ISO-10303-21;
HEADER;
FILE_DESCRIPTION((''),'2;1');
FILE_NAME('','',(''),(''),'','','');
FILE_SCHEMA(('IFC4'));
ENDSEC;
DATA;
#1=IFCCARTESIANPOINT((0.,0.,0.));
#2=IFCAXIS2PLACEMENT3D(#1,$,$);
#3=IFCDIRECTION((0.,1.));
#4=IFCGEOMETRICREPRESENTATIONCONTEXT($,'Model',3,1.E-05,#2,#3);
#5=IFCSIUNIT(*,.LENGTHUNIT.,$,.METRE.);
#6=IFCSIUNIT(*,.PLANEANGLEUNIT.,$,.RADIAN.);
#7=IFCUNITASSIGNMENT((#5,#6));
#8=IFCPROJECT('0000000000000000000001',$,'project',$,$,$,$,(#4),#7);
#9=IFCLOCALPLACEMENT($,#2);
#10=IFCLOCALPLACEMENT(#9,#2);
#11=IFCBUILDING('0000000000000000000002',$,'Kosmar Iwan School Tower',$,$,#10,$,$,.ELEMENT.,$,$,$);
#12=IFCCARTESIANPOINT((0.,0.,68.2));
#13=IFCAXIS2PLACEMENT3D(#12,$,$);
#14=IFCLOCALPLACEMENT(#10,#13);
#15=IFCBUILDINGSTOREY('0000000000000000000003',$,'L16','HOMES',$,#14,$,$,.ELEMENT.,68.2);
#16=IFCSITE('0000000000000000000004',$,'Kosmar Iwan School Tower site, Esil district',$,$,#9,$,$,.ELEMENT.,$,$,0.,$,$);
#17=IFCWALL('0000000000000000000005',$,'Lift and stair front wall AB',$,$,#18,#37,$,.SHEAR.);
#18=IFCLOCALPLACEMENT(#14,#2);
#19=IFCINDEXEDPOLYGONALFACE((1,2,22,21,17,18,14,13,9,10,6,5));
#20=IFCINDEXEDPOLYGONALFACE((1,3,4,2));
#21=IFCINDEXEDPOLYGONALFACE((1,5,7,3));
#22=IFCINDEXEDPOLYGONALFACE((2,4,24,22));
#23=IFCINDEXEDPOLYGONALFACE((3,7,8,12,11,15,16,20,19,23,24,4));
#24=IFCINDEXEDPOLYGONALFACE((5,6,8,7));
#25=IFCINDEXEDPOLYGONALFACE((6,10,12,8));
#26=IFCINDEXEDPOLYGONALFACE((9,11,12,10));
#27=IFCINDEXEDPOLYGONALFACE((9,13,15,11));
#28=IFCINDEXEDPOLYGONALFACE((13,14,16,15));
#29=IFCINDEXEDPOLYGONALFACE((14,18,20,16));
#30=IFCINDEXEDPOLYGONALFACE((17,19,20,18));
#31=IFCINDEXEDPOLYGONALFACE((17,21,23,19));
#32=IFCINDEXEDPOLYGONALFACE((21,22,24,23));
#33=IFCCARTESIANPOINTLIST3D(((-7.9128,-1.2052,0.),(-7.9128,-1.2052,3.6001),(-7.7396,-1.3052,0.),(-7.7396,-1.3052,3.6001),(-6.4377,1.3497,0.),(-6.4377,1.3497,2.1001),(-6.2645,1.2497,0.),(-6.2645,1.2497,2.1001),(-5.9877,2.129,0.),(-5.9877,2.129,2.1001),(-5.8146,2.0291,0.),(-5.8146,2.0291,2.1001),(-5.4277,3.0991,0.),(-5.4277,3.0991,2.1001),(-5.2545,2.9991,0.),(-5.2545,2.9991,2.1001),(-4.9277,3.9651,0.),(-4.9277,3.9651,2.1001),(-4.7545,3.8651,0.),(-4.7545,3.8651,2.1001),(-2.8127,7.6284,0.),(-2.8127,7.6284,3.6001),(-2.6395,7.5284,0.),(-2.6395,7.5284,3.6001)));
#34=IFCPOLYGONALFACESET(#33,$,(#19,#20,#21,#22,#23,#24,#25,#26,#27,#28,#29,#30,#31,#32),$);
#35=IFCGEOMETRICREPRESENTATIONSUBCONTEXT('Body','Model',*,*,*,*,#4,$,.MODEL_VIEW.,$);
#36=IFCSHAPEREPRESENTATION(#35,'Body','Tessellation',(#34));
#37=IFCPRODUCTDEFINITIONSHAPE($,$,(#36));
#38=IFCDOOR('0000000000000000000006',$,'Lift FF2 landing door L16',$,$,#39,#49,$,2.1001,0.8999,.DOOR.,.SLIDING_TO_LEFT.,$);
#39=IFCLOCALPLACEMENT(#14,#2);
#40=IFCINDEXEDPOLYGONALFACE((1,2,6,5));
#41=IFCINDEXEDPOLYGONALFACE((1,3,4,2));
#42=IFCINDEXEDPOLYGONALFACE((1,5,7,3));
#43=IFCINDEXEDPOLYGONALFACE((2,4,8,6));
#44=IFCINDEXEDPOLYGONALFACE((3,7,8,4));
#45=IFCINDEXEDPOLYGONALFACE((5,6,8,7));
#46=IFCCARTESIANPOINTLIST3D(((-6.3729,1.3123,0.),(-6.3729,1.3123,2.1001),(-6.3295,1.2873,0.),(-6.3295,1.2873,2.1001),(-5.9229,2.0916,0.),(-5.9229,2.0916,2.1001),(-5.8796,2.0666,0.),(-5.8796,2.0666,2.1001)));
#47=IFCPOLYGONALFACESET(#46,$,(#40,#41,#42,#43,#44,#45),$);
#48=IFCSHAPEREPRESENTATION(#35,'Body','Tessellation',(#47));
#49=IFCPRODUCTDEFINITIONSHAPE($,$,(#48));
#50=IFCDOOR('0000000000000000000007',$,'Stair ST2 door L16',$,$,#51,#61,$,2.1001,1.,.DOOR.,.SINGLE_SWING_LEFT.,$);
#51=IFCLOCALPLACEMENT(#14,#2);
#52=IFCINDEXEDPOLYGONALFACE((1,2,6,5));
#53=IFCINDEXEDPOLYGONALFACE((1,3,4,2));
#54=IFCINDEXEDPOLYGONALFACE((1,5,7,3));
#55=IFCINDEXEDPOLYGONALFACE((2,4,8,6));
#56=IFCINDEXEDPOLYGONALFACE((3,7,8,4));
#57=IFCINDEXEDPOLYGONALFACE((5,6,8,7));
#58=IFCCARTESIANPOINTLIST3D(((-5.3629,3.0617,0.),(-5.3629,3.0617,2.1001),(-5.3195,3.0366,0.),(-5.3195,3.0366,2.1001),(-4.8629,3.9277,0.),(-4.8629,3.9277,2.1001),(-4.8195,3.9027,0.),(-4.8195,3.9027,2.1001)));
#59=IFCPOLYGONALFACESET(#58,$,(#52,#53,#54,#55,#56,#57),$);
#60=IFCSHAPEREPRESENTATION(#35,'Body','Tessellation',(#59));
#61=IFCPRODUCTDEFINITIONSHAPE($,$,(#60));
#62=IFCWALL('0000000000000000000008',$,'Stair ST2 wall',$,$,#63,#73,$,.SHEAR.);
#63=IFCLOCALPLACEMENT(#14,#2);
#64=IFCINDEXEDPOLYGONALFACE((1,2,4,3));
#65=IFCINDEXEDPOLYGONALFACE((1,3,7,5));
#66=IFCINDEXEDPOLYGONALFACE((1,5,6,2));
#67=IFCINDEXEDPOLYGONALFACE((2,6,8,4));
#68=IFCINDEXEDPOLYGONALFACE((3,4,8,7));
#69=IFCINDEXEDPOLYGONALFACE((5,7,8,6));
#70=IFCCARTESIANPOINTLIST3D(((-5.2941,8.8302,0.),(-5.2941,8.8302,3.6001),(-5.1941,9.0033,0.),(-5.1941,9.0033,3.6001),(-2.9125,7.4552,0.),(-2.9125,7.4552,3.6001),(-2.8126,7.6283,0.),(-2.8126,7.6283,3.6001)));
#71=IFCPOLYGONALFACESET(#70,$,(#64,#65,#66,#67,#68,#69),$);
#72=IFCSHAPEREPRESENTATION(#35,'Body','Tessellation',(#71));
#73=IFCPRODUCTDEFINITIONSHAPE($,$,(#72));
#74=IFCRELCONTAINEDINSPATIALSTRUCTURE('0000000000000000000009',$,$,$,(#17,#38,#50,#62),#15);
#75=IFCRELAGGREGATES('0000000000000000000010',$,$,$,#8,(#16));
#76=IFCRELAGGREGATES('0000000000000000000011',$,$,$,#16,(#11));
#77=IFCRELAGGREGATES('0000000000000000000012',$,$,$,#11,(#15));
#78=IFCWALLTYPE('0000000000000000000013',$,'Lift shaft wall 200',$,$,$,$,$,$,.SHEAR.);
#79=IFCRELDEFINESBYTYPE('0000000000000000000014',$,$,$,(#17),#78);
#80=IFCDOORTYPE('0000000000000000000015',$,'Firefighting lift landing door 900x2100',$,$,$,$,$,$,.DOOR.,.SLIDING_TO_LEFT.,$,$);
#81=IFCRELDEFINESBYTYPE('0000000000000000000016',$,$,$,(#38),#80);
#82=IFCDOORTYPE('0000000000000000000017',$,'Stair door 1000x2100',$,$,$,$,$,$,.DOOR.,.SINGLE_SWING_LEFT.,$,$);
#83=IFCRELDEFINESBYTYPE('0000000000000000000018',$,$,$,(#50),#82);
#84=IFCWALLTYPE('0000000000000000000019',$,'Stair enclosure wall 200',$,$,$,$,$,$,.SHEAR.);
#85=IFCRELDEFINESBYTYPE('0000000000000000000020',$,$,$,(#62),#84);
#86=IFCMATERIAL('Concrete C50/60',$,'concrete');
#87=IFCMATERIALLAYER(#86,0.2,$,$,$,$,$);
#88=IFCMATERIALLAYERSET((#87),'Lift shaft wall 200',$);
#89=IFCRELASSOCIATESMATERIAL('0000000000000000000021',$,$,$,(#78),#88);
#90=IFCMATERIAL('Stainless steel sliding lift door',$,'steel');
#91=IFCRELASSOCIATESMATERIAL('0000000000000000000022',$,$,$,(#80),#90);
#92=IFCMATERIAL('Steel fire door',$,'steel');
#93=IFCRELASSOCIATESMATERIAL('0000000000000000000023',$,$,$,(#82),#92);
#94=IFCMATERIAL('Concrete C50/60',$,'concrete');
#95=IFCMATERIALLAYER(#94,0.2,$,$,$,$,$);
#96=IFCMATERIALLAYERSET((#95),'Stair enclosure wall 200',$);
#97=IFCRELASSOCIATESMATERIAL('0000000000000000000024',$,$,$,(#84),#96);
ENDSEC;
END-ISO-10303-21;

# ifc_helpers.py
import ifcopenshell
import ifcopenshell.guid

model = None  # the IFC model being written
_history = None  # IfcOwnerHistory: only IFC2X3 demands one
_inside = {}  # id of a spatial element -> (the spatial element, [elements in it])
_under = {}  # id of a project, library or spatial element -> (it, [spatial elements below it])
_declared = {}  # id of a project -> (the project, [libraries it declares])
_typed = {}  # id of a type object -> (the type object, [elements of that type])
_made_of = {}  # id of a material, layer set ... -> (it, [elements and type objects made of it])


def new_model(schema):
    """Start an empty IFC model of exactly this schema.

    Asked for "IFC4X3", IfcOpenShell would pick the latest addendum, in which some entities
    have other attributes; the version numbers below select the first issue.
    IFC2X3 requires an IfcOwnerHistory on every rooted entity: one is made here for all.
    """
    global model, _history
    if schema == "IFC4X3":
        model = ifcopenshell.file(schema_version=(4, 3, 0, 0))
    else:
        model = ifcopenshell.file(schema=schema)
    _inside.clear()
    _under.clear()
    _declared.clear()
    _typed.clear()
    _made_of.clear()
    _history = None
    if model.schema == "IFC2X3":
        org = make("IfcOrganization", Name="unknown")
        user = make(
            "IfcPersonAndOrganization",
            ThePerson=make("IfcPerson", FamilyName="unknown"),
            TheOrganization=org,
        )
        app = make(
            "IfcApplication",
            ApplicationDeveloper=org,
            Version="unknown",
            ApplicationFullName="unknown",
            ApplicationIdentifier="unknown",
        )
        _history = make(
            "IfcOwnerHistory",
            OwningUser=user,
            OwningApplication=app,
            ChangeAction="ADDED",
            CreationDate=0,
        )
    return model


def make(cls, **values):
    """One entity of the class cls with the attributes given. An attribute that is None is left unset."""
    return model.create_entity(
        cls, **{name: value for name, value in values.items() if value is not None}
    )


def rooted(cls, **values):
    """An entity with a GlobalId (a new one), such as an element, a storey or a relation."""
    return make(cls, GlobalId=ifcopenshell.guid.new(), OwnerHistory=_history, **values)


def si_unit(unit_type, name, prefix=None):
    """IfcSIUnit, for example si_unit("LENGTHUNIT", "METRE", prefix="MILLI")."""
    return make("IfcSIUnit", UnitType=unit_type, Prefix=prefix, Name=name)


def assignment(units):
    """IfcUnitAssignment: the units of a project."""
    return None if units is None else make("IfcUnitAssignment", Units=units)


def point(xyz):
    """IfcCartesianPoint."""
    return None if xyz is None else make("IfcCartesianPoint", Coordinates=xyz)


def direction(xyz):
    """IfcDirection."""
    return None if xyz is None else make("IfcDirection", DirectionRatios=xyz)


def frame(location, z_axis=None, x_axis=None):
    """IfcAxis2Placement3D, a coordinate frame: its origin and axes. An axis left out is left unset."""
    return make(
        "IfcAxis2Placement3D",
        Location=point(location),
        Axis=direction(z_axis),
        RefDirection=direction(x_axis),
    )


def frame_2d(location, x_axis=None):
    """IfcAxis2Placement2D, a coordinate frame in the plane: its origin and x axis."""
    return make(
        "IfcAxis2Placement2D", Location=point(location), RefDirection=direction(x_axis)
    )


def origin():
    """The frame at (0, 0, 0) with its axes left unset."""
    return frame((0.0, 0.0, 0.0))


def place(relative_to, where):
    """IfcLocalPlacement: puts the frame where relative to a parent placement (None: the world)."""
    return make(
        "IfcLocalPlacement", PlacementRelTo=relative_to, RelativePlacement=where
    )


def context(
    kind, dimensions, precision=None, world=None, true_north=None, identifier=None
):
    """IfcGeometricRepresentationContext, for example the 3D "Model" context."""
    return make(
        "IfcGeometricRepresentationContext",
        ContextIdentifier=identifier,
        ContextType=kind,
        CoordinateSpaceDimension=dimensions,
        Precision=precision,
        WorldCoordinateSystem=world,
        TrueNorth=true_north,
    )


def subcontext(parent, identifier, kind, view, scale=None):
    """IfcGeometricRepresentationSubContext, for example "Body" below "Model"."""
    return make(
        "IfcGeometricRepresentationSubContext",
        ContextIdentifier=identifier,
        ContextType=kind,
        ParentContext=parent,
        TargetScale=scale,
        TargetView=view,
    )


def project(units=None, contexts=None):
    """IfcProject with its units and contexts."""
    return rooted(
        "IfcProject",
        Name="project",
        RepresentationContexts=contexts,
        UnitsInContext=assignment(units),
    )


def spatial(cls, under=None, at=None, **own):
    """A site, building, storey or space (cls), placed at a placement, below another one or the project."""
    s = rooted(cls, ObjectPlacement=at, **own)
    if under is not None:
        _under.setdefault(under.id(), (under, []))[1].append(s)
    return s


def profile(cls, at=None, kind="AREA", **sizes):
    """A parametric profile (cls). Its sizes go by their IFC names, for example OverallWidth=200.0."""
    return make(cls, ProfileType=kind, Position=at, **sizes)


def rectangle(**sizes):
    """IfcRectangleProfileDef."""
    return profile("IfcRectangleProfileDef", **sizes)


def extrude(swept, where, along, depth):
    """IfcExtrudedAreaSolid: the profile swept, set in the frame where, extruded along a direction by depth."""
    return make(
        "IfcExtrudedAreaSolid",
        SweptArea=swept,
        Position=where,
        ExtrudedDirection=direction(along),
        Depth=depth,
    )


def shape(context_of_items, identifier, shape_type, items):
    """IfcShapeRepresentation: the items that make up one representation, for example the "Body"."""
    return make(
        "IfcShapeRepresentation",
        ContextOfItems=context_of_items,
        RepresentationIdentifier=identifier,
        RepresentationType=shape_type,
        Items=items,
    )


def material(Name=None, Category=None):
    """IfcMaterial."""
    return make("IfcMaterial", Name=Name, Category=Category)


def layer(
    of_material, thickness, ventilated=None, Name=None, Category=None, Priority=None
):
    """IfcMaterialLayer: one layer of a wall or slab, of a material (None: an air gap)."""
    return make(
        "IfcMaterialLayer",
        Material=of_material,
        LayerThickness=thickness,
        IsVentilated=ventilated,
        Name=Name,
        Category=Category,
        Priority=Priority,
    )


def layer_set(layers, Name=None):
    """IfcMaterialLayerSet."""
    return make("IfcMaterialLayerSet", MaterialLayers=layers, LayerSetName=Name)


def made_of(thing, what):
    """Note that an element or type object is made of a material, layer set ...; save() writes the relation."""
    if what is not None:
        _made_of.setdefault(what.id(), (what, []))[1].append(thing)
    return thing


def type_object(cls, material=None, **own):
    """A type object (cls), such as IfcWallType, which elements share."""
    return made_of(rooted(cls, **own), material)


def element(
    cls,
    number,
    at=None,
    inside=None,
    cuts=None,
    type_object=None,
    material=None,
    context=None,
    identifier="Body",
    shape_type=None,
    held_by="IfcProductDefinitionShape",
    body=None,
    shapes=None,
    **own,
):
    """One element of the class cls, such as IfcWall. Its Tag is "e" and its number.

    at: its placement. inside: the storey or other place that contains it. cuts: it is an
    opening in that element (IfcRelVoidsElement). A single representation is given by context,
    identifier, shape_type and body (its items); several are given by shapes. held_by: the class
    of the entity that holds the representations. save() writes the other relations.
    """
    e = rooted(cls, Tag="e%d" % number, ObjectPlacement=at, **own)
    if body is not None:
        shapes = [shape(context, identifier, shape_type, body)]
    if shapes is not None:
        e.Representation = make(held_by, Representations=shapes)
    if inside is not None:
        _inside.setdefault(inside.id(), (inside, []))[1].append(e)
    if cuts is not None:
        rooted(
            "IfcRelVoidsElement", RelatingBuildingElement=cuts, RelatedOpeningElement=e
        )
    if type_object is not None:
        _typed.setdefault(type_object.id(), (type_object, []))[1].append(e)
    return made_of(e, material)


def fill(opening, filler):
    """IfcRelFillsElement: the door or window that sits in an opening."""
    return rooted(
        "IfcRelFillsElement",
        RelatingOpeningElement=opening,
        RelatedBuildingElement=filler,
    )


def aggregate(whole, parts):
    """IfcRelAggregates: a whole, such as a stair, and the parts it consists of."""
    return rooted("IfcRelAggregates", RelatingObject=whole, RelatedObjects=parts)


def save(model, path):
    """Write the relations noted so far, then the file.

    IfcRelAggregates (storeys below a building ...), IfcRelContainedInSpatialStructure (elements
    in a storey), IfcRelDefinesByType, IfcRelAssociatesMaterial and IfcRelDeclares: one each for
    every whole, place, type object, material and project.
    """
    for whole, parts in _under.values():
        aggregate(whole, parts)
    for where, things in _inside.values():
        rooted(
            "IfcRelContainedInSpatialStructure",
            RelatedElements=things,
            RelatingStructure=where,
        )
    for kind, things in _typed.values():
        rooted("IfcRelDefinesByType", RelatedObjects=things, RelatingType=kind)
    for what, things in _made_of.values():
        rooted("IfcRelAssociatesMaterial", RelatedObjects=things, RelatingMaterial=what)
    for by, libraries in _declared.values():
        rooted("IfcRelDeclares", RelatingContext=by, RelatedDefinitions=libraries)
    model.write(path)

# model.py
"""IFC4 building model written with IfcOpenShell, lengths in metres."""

from ifc_helpers import new_model, si_unit, direction, frame, frame_2d, origin, place, context, subcontext, project, spatial, rectangle, extrude, material, layer, layer_set, type_object, element, fill, save


model = new_model("IFC4")

# Units and contexts
model_context = context("Model", 3, precision=1e-05, world=origin(), true_north=direction((0.0, 1.0)))
body_context = subcontext(model_context, "Body", "Model", "MODEL_VIEW")
ifc_project = project(units=[si_unit("LENGTHUNIT", "METRE"), si_unit("PLANEANGLEUNIT", "RADIAN")], contexts=[model_context])

# Site, building, storey
site_placement = place(None, origin())
site = spatial("IfcSite", under=ifc_project, at=site_placement, Name="Kosmar Iwan School Tower site, Esil district", CompositionType="ELEMENT", RefElevation=0.0)
building_placement = place(site_placement, origin())
building = spatial("IfcBuilding", under=site, at=building_placement, Name="Kosmar Iwan School Tower", CompositionType="ELEMENT")
storey_placement = place(building_placement, frame((0.0, 0.0, 68.2)))
storey = spatial("IfcBuildingStorey", under=building, at=storey_placement, Name="L16", Description="HOMES", CompositionType="ELEMENT", Elevation=68.2)

# Wall, openings, doors
ifc_material_1 = material(Name="Concrete C50/60", Category="concrete")
ifc_layer_1 = layer(ifc_material_1, 0.2)
ifc_layer_set_1 = layer_set([ifc_layer_1], Name="Lift shaft wall 200")
wall_type_1 = type_object("IfcWallType", Name="Lift shaft wall 200", PredefinedType="SHEAR", material=ifc_layer_set_1)
wall_1_placement = place(storey_placement, frame((-2.7261, 7.5784, 0.0), z_axis=(0.0, 0.0, 1.0), x_axis=(-0.500006, -0.866022, 0.0)))
wall_1 = element("IfcWall", 1, at=wall_1_placement, inside=storey, type_object=wall_type_1, Name="Lift and stair front wall AB", PredefinedType="SHEAR", context=body_context, shape_type="SweptSolid", body=[
    extrude(rectangle(XDim=10.2002, YDim=0.2, at=frame_2d((5.1001, 0.0))), origin(), (0.0, 0.0, 1.0), 3.6001),
])
opening_1_placement = place(wall_1_placement, frame((6.3501, 0.0, 0.0)))
opening_1 = element("IfcOpeningElement", 2, at=opening_1_placement, cuts=wall_1, PredefinedType="OPENING", context=body_context, shape_type="SweptSolid", body=[
    extrude(rectangle(XDim=0.8999, YDim=2.1001, at=frame_2d((0.45, 1.05))), frame((0.0, 0.1121, 0.0), z_axis=(0.0, -1.0, 0.0), x_axis=(1.0, 0.0, 0.0)), (0.0, 0.0, 1.0), 0.2239),
])
opening_2_placement = place(wall_1_placement, frame((4.23, 0.0, 0.0)))
opening_2 = element("IfcOpeningElement", 3, at=opening_2_placement, cuts=wall_1, PredefinedType="OPENING", context=body_context, shape_type="SweptSolid", body=[
    extrude(rectangle(XDim=1.0, YDim=2.1001, at=frame_2d((0.5, 1.05))), frame((0.0, 0.1121, 0.0), z_axis=(0.0, -1.0, 0.0), x_axis=(1.0, 0.0, 0.0)), (0.0, 0.0, 1.0), 0.2239),
])
ifc_material_2 = material(Name="Stainless steel sliding lift door", Category="steel")
door_type_1 = type_object("IfcDoorType", Name="Firefighting lift landing door 900x2100", OperationType="SLIDING_TO_LEFT", PredefinedType="DOOR", material=ifc_material_2)
door_1_placement = place(opening_1_placement, origin())
door_1 = element("IfcDoor", 4, at=door_1_placement, inside=storey, type_object=door_type_1, Name="Lift FF2 landing door L16", OperationType="SLIDING_TO_LEFT", OverallHeight=2.1001, OverallWidth=0.8999, PredefinedType="DOOR", context=body_context, shape_type="SweptSolid", body=[
    extrude(rectangle(XDim=0.8999, YDim=2.1001, at=frame_2d((0.45, 1.05))), frame((0.0, 0.0249, 0.0), z_axis=(0.0, -1.0, 0.0), x_axis=(1.0, 0.0, 0.0)), (0.0, 0.0, 1.0), 0.05),
])
fill(opening_1, door_1)
ifc_material_3 = material(Name="Steel fire door", Category="steel")
door_type_2 = type_object("IfcDoorType", Name="Stair door 1000x2100", OperationType="SINGLE_SWING_LEFT", PredefinedType="DOOR", material=ifc_material_3)
door_2_placement = place(opening_2_placement, origin())
door_2 = element("IfcDoor", 5, at=door_2_placement, inside=storey, type_object=door_type_2, Name="Stair ST2 door L16", OperationType="SINGLE_SWING_LEFT", OverallHeight=2.1001, OverallWidth=1.0, PredefinedType="DOOR", context=body_context, shape_type="SweptSolid", body=[
    extrude(rectangle(XDim=1.0, YDim=2.1001, at=frame_2d((0.5, 1.05))), frame((0.0, 0.0249, 0.0), z_axis=(0.0, -1.0, 0.0), x_axis=(1.0, 0.0, 0.0)), (0.0, 0.0, 1.0), 0.05),
])
fill(opening_2, door_2)

# Wall
ifc_material_4 = material(Name="Concrete C50/60", Category="concrete")
ifc_layer_2 = layer(ifc_material_4, 0.2)
ifc_layer_set_2 = layer_set([ifc_layer_2], Name="Stair enclosure wall 200")
wall_type_2 = type_object("IfcWallType", Name="Stair enclosure wall 200", PredefinedType="SHEAR", material=ifc_layer_set_2)
wall_2_placement = place(storey_placement, frame((-2.8625, 7.5417, 0.0), z_axis=(0.0, 0.0, 1.0), x_axis=(-0.866027, 0.499997, 0.0)))
element("IfcWall", 6, at=wall_2_placement, inside=storey, type_object=wall_type_2, Name="Stair ST2 wall", PredefinedType="SHEAR", context=body_context, shape_type="SweptSolid", body=[
    extrude(rectangle(XDim=2.75, YDim=0.2, at=frame_2d((1.375, 0.0))), origin(), (0.0, 0.0, 1.0), 3.6001),
])

save(model, "model.ifc")
